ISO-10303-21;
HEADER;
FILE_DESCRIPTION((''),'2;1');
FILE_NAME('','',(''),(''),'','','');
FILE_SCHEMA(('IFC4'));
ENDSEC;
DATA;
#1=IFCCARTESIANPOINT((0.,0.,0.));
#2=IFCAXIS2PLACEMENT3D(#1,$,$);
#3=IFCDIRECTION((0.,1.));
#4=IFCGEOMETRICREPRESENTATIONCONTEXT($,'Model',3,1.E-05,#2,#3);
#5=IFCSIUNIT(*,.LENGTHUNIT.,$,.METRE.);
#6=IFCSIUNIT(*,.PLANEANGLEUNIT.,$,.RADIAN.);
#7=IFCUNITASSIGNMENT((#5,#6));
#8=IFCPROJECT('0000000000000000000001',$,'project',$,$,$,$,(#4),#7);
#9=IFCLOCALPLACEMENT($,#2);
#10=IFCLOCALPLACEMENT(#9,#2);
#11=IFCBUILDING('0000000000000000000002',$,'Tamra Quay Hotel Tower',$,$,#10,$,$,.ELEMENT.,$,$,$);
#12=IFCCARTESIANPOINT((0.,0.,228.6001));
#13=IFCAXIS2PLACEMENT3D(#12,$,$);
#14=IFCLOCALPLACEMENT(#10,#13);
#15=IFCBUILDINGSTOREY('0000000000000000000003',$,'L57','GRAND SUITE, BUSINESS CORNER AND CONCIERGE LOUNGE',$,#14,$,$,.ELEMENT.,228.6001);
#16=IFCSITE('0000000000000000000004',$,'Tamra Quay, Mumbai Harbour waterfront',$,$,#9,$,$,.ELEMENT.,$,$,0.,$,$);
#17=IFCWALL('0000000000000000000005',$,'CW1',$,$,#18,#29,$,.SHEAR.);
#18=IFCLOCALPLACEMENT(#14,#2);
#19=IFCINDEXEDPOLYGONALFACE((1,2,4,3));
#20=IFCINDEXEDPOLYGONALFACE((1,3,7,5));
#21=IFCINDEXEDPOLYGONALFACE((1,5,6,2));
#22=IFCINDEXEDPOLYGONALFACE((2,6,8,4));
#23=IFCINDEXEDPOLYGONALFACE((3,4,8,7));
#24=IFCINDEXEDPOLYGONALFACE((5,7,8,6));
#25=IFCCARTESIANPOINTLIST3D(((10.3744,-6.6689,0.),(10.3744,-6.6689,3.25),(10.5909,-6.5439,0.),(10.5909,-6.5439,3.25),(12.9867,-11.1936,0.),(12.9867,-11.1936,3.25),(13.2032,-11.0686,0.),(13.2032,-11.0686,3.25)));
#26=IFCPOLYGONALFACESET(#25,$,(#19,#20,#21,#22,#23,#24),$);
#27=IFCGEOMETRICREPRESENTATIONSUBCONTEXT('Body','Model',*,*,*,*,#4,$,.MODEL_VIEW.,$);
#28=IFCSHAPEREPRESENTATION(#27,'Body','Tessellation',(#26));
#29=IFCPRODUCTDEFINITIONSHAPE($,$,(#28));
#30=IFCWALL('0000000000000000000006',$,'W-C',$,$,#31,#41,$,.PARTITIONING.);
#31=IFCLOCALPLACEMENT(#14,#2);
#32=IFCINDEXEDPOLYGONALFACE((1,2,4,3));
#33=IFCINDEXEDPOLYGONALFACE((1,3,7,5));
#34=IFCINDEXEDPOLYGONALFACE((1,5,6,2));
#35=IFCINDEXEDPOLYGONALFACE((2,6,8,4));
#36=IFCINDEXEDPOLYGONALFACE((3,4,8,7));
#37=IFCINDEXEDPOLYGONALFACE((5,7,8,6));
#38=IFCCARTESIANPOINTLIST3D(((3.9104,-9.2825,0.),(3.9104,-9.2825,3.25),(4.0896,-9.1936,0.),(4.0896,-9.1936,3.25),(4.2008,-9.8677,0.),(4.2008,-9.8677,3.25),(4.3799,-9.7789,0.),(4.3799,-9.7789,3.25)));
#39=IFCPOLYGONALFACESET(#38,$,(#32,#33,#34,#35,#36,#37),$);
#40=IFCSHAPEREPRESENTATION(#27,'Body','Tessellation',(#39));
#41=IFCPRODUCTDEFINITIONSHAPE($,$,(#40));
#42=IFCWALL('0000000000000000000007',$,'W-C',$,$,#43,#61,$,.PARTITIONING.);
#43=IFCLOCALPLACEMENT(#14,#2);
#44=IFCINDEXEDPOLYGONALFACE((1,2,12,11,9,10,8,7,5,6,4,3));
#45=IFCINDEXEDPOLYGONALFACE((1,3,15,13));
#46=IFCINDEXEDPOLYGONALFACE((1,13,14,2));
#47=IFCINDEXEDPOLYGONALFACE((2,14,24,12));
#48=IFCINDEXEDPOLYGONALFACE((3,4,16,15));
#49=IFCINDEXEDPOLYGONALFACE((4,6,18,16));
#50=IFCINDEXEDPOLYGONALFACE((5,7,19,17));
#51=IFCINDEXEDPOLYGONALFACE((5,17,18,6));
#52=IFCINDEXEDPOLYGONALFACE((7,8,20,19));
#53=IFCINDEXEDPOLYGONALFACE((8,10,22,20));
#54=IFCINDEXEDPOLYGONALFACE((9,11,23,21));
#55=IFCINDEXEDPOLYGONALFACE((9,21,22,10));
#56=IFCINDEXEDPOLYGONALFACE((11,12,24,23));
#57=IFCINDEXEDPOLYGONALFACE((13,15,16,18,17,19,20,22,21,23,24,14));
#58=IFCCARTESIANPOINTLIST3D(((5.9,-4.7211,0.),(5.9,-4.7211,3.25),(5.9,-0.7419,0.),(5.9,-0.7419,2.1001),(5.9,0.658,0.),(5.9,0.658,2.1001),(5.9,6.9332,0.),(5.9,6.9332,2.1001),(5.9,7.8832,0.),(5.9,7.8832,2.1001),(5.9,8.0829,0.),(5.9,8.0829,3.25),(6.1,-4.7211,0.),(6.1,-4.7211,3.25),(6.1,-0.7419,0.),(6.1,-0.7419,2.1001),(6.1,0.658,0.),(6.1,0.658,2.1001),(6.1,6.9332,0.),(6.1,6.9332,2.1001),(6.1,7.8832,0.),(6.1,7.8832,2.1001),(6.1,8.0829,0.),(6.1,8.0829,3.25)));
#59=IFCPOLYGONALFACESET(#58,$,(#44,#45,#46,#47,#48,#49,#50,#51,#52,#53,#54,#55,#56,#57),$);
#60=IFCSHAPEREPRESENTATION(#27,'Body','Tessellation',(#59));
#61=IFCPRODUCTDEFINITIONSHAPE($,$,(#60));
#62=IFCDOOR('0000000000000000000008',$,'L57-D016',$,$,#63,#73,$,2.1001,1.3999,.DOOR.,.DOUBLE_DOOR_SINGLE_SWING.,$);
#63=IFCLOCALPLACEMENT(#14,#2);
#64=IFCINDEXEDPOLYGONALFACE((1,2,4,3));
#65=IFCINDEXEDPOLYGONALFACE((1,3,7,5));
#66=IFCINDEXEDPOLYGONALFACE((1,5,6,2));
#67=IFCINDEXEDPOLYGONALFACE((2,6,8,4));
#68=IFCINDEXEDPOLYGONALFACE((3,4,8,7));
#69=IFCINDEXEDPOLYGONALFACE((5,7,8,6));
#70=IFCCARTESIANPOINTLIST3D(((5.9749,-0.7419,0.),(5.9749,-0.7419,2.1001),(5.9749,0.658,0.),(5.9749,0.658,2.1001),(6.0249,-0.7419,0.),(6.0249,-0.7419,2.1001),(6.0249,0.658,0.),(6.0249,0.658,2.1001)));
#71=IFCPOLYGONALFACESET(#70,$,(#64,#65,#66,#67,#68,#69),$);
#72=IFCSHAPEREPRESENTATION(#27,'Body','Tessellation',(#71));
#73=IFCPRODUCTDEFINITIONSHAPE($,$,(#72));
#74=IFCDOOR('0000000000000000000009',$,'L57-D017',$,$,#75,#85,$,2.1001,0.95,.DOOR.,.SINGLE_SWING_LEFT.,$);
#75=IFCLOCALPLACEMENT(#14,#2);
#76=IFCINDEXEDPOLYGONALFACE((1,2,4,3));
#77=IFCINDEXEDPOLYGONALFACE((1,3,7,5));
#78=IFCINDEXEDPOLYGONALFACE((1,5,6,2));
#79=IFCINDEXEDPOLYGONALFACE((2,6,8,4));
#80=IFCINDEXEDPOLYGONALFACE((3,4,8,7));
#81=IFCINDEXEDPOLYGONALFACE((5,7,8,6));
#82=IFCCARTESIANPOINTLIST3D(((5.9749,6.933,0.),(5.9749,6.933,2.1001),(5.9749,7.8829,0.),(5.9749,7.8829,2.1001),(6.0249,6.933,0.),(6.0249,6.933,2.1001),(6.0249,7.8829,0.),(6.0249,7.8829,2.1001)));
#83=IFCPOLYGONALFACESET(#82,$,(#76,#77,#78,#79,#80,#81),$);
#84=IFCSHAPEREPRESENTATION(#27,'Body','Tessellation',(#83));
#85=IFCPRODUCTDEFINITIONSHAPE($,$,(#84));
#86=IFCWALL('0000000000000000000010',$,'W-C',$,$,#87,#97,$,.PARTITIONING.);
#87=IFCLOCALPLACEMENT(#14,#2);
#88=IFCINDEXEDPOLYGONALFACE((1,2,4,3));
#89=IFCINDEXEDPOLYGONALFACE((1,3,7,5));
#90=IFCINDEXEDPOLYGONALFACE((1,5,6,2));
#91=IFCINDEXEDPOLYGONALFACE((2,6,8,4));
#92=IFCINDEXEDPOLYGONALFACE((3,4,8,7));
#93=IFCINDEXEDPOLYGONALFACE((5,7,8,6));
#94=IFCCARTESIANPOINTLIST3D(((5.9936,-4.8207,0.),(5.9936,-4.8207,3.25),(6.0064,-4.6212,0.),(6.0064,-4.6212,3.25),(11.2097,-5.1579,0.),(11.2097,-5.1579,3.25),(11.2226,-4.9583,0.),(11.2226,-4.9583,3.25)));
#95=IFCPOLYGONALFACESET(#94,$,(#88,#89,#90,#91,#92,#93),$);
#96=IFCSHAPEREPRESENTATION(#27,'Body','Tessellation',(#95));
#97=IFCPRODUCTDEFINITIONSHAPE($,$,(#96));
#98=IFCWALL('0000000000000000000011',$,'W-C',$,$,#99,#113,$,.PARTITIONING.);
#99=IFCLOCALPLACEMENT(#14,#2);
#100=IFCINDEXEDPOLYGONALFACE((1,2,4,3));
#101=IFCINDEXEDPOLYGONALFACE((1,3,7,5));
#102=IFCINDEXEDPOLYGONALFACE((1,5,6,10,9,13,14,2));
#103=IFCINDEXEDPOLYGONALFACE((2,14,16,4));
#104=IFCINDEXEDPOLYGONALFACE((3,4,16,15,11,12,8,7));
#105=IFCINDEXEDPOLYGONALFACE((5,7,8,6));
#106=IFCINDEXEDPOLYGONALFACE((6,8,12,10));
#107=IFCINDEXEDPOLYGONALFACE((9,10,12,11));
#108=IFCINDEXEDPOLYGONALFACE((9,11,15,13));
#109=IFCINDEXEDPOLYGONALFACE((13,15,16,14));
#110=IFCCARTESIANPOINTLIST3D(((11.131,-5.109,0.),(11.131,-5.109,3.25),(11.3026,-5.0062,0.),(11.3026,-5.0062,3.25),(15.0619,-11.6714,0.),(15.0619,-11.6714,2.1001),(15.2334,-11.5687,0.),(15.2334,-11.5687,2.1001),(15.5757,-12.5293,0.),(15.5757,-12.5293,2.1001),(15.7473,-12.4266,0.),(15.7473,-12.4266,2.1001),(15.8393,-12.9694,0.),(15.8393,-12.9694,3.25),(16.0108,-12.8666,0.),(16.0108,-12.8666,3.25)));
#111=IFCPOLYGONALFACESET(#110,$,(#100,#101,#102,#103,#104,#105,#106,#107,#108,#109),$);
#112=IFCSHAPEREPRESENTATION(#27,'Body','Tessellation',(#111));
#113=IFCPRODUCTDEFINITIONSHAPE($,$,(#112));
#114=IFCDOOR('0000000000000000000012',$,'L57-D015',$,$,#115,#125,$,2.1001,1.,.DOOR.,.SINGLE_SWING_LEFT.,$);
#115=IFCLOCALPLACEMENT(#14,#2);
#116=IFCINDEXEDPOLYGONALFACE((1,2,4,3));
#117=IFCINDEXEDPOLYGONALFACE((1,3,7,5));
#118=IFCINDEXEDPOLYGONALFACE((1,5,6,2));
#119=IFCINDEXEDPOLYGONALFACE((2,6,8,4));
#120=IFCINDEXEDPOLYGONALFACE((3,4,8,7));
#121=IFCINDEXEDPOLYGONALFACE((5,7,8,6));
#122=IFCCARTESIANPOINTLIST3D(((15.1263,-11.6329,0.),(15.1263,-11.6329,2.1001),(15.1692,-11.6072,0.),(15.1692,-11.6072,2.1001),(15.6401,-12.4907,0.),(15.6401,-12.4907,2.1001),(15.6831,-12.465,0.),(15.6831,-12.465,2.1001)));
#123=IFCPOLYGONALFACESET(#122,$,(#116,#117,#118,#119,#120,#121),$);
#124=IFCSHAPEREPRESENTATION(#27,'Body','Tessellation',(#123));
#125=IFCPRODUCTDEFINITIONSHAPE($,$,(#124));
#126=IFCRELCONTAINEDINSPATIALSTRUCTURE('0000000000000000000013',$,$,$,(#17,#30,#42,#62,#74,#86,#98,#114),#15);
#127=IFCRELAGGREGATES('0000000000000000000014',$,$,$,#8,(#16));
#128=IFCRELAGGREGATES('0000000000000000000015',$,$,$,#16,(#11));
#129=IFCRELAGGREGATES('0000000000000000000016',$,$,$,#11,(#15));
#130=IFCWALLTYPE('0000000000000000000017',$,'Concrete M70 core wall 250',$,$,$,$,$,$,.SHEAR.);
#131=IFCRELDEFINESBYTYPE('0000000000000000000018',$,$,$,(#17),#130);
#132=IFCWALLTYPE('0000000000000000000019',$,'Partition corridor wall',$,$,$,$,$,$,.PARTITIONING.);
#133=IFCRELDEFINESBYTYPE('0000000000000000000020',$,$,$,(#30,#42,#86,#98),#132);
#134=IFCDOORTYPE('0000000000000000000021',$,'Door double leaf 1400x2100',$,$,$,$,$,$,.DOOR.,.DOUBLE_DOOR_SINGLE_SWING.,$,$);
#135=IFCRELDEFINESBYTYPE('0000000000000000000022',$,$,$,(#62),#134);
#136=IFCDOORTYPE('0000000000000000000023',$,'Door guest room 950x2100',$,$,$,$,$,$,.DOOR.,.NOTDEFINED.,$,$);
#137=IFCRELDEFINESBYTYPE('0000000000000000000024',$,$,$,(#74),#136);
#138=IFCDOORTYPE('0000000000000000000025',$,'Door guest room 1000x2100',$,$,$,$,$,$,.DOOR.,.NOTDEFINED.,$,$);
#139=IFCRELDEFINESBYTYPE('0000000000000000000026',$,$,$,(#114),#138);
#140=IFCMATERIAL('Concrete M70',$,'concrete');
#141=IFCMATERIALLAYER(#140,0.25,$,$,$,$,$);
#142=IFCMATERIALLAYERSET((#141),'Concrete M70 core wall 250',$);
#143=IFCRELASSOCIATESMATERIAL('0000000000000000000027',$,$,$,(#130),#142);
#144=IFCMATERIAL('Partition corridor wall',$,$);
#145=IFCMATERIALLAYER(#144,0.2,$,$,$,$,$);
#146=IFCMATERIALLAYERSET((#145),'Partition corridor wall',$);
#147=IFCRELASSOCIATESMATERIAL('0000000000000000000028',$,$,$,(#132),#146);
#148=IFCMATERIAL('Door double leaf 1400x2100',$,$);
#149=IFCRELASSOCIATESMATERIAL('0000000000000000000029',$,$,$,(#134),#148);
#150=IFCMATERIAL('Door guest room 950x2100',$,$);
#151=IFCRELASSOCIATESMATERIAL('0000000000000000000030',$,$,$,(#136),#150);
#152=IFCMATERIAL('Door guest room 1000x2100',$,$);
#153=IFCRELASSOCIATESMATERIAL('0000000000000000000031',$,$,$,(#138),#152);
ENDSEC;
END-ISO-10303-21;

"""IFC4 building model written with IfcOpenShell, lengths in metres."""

from ifc_helpers import new_model, si_unit, direction, frame, frame_2d, origin, place, context, subcontext, project, spatial, rectangle, extrude, material, layer, layer_set, type_object, element, fill, save


model = new_model("IFC4")

# Units and contexts
model_context = context("Model", 3, precision=1e-05, world=origin(), true_north=direction((0.0, 1.0)))
body_context = subcontext(model_context, "Body", "Model", "MODEL_VIEW")
ifc_project = project(units=[si_unit("LENGTHUNIT", "METRE"), si_unit("PLANEANGLEUNIT", "RADIAN")], contexts=[model_context])

# Site, building, storey
site_placement = place(None, origin())
site = spatial("IfcSite", under=ifc_project, at=site_placement, Name="Tamra Quay, Mumbai Harbour waterfront", CompositionType="ELEMENT", RefElevation=0.0)
building_placement = place(site_placement, origin())
building = spatial("IfcBuilding", under=site, at=building_placement, Name="Tamra Quay Hotel Tower", CompositionType="ELEMENT")
storey_placement = place(building_placement, frame((0.0, 0.0, 228.6001)))
storey = spatial("IfcBuildingStorey", under=building, at=storey_placement, Name="L57", Description="GRAND SUITE, BUSINESS CORNER AND CONCIERGE LOUNGE", CompositionType="ELEMENT", Elevation=228.6001)

# Shared definitions
ifc_material_1 = material(Name="Concrete M70", Category="concrete")

# Walls
ifc_layer_1 = layer(ifc_material_1, 0.25)
ifc_layer_set_1 = layer_set([ifc_layer_1], Name="Concrete M70 core wall 250")
wall_type_1 = type_object("IfcWallType", Name="Concrete M70 core wall 250", PredefinedType="SHEAR", material=ifc_layer_set_1)
wall_1_placement = place(storey_placement, frame((10.4827, -6.6064, 0.0), z_axis=(0.0, 0.0, 1.0), x_axis=(0.499999, -0.866026, 0.0)))
element("IfcWall", 1, at=wall_1_placement, inside=storey, type_object=wall_type_1, Name="CW1", PredefinedType="SHEAR", context=body_context, shape_type="SweptSolid", body=[
    extrude(rectangle(XDim=5.2246, YDim=0.25, at=frame_2d((2.6123, 0.0))), origin(), (0.0, 0.0, 1.0), 3.25),
])
ifc_material_2 = material(Name="Partition corridor wall")
ifc_layer_2 = layer(ifc_material_2, 0.2)
ifc_layer_set_2 = layer_set([ifc_layer_2], Name="Partition corridor wall")
wall_type_2 = type_object("IfcWallType", Name="Partition corridor wall", PredefinedType="PARTITIONING", material=ifc_layer_set_2)
wall_2_placement = place(storey_placement, frame((4.0, -9.238, 0.0), z_axis=(0.0, 0.0, 1.0), x_axis=(0.444371, -0.895843, 0.0)))
element("IfcWall", 2, at=wall_2_placement, inside=storey, type_object=wall_type_2, Name="W-C", PredefinedType="PARTITIONING", context=body_context, shape_type="SweptSolid", body=[
    extrude(rectangle(XDim=0.6533, YDim=0.2, at=frame_2d((0.3267, 0.0))), origin(), (0.0, 0.0, 1.0), 3.25),
])

# Wall, openings, doors
wall_3_placement = place(storey_placement, frame((6.0, -4.7209, 0.0), z_axis=(0.0, 0.0, 1.0), x_axis=(0.0, 1.0, 0.0)))
wall_3 = element("IfcWall", 3, at=wall_3_placement, inside=storey, type_object=wall_type_2, Name="W-C", PredefinedType="PARTITIONING", context=body_context, shape_type="SweptSolid", body=[
    extrude(rectangle(XDim=12.804, YDim=0.2, at=frame_2d((6.4019, 0.0))), origin(), (0.0, 0.0, 1.0), 3.25),
])
opening_1_placement = place(wall_3_placement, frame((3.979, 0.0, 0.0)))
opening_1 = element("IfcOpeningElement", 4, at=opening_1_placement, cuts=wall_3, PredefinedType="OPENING", context=body_context, shape_type="SweptSolid", body=[
    extrude(rectangle(XDim=1.3999, YDim=2.1001, at=frame_2d((0.7, 1.05))), frame((0.0, 0.1099, 0.0), z_axis=(0.0, -1.0, 0.0), x_axis=(1.0, 0.0, 0.0)), (0.0, 0.0, 1.0), 0.22),
])
opening_2_placement = place(wall_3_placement, frame((11.6541, 0.0, 0.0)))
opening_2 = element("IfcOpeningElement", 5, at=opening_2_placement, cuts=wall_3, PredefinedType="OPENING", context=body_context, shape_type="SweptSolid", body=[
    extrude(rectangle(XDim=0.95, YDim=2.1001, at=frame_2d((0.4751, 1.05))), frame((0.0, 0.1099, 0.0), z_axis=(0.0, -1.0, 0.0), x_axis=(1.0, 0.0, 0.0)), (0.0, 0.0, 1.0), 0.22),
])
ifc_material_3 = material(Name="Door double leaf 1400x2100")
door_type_1 = type_object("IfcDoorType", Name="Door double leaf 1400x2100", OperationType="DOUBLE_DOOR_SINGLE_SWING", PredefinedType="DOOR", material=ifc_material_3)
door_1_placement = place(opening_1_placement, frame((1.3999, 0.0, 0.0), z_axis=(0.0, 0.0, 1.0), x_axis=(-1.0, 0.0, 0.0)))
door_1 = element("IfcDoor", 6, at=door_1_placement, inside=storey, type_object=door_type_1, Name="L57-D016", OperationType="DOUBLE_DOOR_SINGLE_SWING", OverallHeight=2.1001, OverallWidth=1.3999, PredefinedType="DOOR", context=body_context, shape_type="SweptSolid", body=[
    extrude(rectangle(XDim=1.3999, YDim=2.1001, at=frame_2d((0.7, 1.05))), frame((0.0, 0.0249, 0.0), z_axis=(0.0, -1.0, 0.0), x_axis=(1.0, 0.0, 0.0)), (0.0, 0.0, 1.0), 0.05),
])
fill(opening_1, door_1)
ifc_material_4 = material(Name="Door guest room 950x2100")
door_type_2 = type_object("IfcDoorType", Name="Door guest room 950x2100", OperationType="NOTDEFINED", PredefinedType="DOOR", material=ifc_material_4)
door_2_placement = place(opening_2_placement, frame((0.95, 0.0, 0.0), z_axis=(0.0, 0.0, 1.0), x_axis=(-1.0, 0.0, 0.0)))
door_2 = element("IfcDoor", 7, at=door_2_placement, inside=storey, type_object=door_type_2, Name="L57-D017", OperationType="SINGLE_SWING_LEFT", OverallHeight=2.1001, OverallWidth=0.95, PredefinedType="DOOR", context=body_context, shape_type="SweptSolid", body=[
    extrude(rectangle(XDim=0.95, YDim=2.1001, at=frame_2d((0.4751, 1.05))), frame((0.0, 0.0249, 0.0), z_axis=(0.0, -1.0, 0.0), x_axis=(1.0, 0.0, 0.0)), (0.0, 0.0, 1.0), 0.05),
])
fill(opening_2, door_2)

# Wall
wall_4_placement = place(storey_placement, frame((6.0, -4.7209, 0.0), z_axis=(0.0, 0.0, 1.0), x_axis=(0.997917, -0.064504, 0.0)))
element("IfcWall", 8, at=wall_4_placement, inside=storey, type_object=wall_type_2, Name="W-C", PredefinedType="PARTITIONING", context=body_context, shape_type="SweptSolid", body=[
    extrude(rectangle(XDim=5.2271, YDim=0.2, at=frame_2d((2.6135, 0.0))), origin(), (0.0, 0.0, 1.0), 3.25),
])

# Wall, opening, door
wall_5_placement = place(storey_placement, frame((11.2168, -5.0576, 0.0), z_axis=(0.0, 0.0, 1.0), x_axis=(0.513857, -0.857876, 0.0)))
wall_5 = element("IfcWall", 9, at=wall_5_placement, inside=storey, type_object=wall_type_2, Name="W-C", PredefinedType="PARTITIONING", context=body_context, shape_type="SweptSolid", body=[
    extrude(rectangle(XDim=9.1626, YDim=0.2, at=frame_2d((4.5813, 0.0))), origin(), (0.0, 0.0, 1.0), 3.25),
])
opening_3_placement = place(wall_5_placement, frame((7.6497, 0.0, 0.0)))
opening_3 = element("IfcOpeningElement", 10, at=opening_3_placement, cuts=wall_5, PredefinedType="OPENING", context=body_context, shape_type="SweptSolid", body=[
    extrude(rectangle(XDim=1.0, YDim=2.1001, at=frame_2d((0.5, 1.05))), frame((0.0, 0.1099, 0.0), z_axis=(0.0, -1.0, 0.0), x_axis=(1.0, 0.0, 0.0)), (0.0, 0.0, 1.0), 0.22),
])
ifc_material_5 = material(Name="Door guest room 1000x2100")
door_type_3 = type_object("IfcDoorType", Name="Door guest room 1000x2100", OperationType="NOTDEFINED", PredefinedType="DOOR", material=ifc_material_5)
door_3_placement = place(opening_3_placement, frame((1.0, 0.0, 0.0), z_axis=(0.0, 0.0, 1.0), x_axis=(-1.0, 0.0, 0.0)))
door_3 = element("IfcDoor", 11, at=door_3_placement, inside=storey, type_object=door_type_3, Name="L57-D015", OperationType="SINGLE_SWING_LEFT", OverallHeight=2.1001, OverallWidth=1.0, PredefinedType="DOOR", context=body_context, shape_type="SweptSolid", body=[
    extrude(rectangle(XDim=1.0, YDim=2.1001, at=frame_2d((0.5, 1.05))), frame((0.0, 0.0249, 0.0), z_axis=(0.0, -1.0, 0.0), x_axis=(1.0, 0.0, 0.0)), (0.0, 0.0, 1.0), 0.05),
])
fill(opening_3, door_3)

save(model, "model.ifc")
